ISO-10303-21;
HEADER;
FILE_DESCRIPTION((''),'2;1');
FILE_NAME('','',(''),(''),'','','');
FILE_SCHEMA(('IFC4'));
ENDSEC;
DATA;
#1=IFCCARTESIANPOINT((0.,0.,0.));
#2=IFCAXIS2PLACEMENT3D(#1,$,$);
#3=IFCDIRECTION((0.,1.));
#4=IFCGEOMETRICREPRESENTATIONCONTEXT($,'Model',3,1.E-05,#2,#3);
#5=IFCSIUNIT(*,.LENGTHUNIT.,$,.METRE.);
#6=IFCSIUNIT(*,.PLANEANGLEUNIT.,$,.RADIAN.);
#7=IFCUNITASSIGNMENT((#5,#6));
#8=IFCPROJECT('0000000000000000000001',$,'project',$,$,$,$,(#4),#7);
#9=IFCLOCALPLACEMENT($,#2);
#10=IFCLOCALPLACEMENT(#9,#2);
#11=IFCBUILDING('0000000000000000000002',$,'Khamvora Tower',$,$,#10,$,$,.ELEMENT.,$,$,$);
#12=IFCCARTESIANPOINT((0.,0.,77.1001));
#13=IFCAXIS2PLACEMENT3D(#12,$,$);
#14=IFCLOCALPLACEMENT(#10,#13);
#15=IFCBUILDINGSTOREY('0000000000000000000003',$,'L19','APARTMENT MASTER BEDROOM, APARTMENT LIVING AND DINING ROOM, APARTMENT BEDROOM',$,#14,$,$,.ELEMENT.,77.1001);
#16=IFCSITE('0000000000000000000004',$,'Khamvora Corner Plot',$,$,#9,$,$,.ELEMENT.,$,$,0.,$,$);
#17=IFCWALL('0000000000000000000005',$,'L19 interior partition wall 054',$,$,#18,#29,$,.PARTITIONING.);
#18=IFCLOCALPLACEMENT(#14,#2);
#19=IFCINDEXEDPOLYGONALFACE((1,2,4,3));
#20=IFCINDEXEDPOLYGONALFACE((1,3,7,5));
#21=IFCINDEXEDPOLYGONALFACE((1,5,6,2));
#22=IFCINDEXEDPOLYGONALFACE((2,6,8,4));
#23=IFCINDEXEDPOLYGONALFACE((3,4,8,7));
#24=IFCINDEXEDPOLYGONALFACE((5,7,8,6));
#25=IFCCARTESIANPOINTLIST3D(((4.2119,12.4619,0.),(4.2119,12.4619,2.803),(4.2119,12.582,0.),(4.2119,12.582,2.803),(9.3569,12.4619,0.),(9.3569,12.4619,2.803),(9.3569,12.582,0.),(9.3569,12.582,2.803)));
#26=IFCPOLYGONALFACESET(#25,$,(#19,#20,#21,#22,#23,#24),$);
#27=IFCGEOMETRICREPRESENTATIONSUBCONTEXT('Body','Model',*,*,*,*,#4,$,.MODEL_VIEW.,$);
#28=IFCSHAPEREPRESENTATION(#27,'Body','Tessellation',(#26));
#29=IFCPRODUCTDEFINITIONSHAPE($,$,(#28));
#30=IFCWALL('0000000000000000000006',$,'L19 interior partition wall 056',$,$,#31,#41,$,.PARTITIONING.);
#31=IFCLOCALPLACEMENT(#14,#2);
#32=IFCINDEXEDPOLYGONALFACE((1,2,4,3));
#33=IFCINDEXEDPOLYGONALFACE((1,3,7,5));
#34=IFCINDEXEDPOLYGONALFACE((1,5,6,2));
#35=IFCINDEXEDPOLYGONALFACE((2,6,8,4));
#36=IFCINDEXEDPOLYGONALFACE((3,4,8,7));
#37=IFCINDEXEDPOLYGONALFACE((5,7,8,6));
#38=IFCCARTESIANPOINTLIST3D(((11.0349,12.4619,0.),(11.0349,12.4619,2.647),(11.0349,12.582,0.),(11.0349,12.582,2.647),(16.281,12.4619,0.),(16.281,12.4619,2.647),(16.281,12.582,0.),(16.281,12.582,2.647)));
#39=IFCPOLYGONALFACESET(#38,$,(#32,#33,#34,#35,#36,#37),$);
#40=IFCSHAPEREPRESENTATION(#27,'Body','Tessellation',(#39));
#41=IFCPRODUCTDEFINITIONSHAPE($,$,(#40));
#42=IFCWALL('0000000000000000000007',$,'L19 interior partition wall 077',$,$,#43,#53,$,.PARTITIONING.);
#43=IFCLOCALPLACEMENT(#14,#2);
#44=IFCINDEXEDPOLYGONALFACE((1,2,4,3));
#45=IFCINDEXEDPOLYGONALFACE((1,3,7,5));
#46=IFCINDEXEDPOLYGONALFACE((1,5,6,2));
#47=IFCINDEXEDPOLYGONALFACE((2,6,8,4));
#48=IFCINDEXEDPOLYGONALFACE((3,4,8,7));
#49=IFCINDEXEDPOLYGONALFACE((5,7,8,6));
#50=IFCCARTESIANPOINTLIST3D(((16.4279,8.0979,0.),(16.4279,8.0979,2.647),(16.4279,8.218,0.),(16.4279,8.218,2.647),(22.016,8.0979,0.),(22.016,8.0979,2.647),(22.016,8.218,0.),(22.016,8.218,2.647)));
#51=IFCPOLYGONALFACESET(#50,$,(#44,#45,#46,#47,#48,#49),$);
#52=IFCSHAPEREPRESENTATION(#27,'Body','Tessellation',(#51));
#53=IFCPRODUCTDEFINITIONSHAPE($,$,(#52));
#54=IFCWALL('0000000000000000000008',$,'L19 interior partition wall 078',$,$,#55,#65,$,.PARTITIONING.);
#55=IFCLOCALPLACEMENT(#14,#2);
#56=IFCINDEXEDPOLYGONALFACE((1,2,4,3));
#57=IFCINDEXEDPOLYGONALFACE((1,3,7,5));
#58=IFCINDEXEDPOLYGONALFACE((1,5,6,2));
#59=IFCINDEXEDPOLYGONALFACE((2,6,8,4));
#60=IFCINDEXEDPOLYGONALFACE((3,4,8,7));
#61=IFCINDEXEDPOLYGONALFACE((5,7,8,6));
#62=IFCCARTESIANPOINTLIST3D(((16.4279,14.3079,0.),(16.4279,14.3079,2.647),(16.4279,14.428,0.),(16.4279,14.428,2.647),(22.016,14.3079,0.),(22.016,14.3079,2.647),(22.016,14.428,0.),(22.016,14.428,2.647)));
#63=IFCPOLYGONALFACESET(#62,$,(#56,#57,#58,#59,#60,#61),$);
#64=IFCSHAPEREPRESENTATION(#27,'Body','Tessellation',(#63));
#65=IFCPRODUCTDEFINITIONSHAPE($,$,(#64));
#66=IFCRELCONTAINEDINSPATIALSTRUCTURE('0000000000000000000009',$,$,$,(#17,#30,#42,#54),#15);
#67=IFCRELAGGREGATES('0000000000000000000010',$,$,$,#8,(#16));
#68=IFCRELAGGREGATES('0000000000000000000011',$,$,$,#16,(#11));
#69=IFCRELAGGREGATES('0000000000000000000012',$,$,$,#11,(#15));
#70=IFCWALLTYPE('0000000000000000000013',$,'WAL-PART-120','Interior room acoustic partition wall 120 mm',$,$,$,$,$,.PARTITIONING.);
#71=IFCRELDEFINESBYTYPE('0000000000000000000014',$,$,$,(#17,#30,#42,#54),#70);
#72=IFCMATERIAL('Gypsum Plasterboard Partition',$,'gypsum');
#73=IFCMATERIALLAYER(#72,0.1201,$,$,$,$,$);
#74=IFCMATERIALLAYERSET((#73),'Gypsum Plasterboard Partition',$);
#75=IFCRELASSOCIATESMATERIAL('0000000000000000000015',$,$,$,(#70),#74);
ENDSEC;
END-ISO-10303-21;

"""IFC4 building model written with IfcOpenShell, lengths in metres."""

from ifc_helpers import new_model, si_unit, direction, frame, frame_2d, origin, place, context, subcontext, project, spatial, rectangle, extrude, material, layer, layer_set, type_object, element, save


model = new_model("IFC4")

# Units and contexts
model_context = context("Model", 3, precision=1e-05, world=origin(), true_north=direction((0.0, 1.0)))
body_context = subcontext(model_context, "Body", "Model", "MODEL_VIEW")
ifc_project = project(units=[si_unit("LENGTHUNIT", "METRE"), si_unit("PLANEANGLEUNIT", "RADIAN")], contexts=[model_context])

# Site, building, storey
site_placement = place(None, origin())
site = spatial("IfcSite", under=ifc_project, at=site_placement, Name="Khamvora Corner Plot", CompositionType="ELEMENT", RefElevation=0.0)
building_placement = place(site_placement, origin())
building = spatial("IfcBuilding", under=site, at=building_placement, Name="Khamvora Tower", CompositionType="ELEMENT")
storey_placement = place(building_placement, frame((0.0, 0.0, 77.1001)))
storey = spatial("IfcBuildingStorey", under=building, at=storey_placement, Name="L19", Description="APARTMENT MASTER BEDROOM, APARTMENT LIVING AND DINING ROOM, APARTMENT BEDROOM", CompositionType="ELEMENT", Elevation=77.1001)

# Shared definitions
ifc_material_1 = material(Name="Gypsum Plasterboard Partition", Category="gypsum")
ifc_layer_1 = layer(ifc_material_1, 0.1201)
ifc_layer_set_1 = layer_set([ifc_layer_1], Name="Gypsum Plasterboard Partition")
wall_type_1 = type_object("IfcWallType", Name="WAL-PART-120", Description="Interior room acoustic partition wall 120 mm", PredefinedType="PARTITIONING", material=ifc_layer_set_1)

# Walls
wall_1_placement = place(storey_placement, frame((4.2119, 12.522, 0.0), z_axis=(0.0, 0.0, 1.0), x_axis=(1.0, 0.0, 0.0)))
element("IfcWall", 1, at=wall_1_placement, inside=storey, type_object=wall_type_1, Name="L19 interior partition wall 054", PredefinedType="PARTITIONING", context=body_context, shape_type="SweptSolid", body=[
    extrude(rectangle(XDim=5.145, YDim=0.1201, at=frame_2d((2.5725, 0.0))), origin(), (0.0, 0.0, 1.0), 2.803),
])
wall_2_placement = place(storey_placement, frame((11.0349, 12.522, 0.0), z_axis=(0.0, 0.0, 1.0), x_axis=(1.0, 0.0, 0.0)))
element("IfcWall", 2, at=wall_2_placement, inside=storey, type_object=wall_type_1, Name="L19 interior partition wall 056", PredefinedType="PARTITIONING", context=body_context, shape_type="SweptSolid", body=[
    extrude(rectangle(XDim=5.2461, YDim=0.1201, at=frame_2d((2.623, 0.0))), origin(), (0.0, 0.0, 1.0), 2.647),
])
for number, where, z_axis, x_axis, name in (
    (3, (16.428, 8.158, 0.0), (0.0, 0.0, 1.0), (1.0, 0.0, 0.0), "L19 interior partition wall 077"),
    (4, (16.428, 14.3679, 0.0), (0.0, 0.0, 1.0), (1.0, 0.0, 0.0), "L19 interior partition wall 078"),
):
    element("IfcWall", number, at=place(storey_placement, frame(where, z_axis=z_axis, x_axis=x_axis)), inside=storey, type_object=wall_type_1, Name=name, PredefinedType="PARTITIONING", context=body_context, shape_type="SweptSolid", body=[
        extrude(rectangle(XDim=5.5881, YDim=0.1201, at=frame_2d((2.7939, 0.0))), origin(), (0.0, 0.0, 1.0), 2.647),
    ])

save(model, "model.ifc")
